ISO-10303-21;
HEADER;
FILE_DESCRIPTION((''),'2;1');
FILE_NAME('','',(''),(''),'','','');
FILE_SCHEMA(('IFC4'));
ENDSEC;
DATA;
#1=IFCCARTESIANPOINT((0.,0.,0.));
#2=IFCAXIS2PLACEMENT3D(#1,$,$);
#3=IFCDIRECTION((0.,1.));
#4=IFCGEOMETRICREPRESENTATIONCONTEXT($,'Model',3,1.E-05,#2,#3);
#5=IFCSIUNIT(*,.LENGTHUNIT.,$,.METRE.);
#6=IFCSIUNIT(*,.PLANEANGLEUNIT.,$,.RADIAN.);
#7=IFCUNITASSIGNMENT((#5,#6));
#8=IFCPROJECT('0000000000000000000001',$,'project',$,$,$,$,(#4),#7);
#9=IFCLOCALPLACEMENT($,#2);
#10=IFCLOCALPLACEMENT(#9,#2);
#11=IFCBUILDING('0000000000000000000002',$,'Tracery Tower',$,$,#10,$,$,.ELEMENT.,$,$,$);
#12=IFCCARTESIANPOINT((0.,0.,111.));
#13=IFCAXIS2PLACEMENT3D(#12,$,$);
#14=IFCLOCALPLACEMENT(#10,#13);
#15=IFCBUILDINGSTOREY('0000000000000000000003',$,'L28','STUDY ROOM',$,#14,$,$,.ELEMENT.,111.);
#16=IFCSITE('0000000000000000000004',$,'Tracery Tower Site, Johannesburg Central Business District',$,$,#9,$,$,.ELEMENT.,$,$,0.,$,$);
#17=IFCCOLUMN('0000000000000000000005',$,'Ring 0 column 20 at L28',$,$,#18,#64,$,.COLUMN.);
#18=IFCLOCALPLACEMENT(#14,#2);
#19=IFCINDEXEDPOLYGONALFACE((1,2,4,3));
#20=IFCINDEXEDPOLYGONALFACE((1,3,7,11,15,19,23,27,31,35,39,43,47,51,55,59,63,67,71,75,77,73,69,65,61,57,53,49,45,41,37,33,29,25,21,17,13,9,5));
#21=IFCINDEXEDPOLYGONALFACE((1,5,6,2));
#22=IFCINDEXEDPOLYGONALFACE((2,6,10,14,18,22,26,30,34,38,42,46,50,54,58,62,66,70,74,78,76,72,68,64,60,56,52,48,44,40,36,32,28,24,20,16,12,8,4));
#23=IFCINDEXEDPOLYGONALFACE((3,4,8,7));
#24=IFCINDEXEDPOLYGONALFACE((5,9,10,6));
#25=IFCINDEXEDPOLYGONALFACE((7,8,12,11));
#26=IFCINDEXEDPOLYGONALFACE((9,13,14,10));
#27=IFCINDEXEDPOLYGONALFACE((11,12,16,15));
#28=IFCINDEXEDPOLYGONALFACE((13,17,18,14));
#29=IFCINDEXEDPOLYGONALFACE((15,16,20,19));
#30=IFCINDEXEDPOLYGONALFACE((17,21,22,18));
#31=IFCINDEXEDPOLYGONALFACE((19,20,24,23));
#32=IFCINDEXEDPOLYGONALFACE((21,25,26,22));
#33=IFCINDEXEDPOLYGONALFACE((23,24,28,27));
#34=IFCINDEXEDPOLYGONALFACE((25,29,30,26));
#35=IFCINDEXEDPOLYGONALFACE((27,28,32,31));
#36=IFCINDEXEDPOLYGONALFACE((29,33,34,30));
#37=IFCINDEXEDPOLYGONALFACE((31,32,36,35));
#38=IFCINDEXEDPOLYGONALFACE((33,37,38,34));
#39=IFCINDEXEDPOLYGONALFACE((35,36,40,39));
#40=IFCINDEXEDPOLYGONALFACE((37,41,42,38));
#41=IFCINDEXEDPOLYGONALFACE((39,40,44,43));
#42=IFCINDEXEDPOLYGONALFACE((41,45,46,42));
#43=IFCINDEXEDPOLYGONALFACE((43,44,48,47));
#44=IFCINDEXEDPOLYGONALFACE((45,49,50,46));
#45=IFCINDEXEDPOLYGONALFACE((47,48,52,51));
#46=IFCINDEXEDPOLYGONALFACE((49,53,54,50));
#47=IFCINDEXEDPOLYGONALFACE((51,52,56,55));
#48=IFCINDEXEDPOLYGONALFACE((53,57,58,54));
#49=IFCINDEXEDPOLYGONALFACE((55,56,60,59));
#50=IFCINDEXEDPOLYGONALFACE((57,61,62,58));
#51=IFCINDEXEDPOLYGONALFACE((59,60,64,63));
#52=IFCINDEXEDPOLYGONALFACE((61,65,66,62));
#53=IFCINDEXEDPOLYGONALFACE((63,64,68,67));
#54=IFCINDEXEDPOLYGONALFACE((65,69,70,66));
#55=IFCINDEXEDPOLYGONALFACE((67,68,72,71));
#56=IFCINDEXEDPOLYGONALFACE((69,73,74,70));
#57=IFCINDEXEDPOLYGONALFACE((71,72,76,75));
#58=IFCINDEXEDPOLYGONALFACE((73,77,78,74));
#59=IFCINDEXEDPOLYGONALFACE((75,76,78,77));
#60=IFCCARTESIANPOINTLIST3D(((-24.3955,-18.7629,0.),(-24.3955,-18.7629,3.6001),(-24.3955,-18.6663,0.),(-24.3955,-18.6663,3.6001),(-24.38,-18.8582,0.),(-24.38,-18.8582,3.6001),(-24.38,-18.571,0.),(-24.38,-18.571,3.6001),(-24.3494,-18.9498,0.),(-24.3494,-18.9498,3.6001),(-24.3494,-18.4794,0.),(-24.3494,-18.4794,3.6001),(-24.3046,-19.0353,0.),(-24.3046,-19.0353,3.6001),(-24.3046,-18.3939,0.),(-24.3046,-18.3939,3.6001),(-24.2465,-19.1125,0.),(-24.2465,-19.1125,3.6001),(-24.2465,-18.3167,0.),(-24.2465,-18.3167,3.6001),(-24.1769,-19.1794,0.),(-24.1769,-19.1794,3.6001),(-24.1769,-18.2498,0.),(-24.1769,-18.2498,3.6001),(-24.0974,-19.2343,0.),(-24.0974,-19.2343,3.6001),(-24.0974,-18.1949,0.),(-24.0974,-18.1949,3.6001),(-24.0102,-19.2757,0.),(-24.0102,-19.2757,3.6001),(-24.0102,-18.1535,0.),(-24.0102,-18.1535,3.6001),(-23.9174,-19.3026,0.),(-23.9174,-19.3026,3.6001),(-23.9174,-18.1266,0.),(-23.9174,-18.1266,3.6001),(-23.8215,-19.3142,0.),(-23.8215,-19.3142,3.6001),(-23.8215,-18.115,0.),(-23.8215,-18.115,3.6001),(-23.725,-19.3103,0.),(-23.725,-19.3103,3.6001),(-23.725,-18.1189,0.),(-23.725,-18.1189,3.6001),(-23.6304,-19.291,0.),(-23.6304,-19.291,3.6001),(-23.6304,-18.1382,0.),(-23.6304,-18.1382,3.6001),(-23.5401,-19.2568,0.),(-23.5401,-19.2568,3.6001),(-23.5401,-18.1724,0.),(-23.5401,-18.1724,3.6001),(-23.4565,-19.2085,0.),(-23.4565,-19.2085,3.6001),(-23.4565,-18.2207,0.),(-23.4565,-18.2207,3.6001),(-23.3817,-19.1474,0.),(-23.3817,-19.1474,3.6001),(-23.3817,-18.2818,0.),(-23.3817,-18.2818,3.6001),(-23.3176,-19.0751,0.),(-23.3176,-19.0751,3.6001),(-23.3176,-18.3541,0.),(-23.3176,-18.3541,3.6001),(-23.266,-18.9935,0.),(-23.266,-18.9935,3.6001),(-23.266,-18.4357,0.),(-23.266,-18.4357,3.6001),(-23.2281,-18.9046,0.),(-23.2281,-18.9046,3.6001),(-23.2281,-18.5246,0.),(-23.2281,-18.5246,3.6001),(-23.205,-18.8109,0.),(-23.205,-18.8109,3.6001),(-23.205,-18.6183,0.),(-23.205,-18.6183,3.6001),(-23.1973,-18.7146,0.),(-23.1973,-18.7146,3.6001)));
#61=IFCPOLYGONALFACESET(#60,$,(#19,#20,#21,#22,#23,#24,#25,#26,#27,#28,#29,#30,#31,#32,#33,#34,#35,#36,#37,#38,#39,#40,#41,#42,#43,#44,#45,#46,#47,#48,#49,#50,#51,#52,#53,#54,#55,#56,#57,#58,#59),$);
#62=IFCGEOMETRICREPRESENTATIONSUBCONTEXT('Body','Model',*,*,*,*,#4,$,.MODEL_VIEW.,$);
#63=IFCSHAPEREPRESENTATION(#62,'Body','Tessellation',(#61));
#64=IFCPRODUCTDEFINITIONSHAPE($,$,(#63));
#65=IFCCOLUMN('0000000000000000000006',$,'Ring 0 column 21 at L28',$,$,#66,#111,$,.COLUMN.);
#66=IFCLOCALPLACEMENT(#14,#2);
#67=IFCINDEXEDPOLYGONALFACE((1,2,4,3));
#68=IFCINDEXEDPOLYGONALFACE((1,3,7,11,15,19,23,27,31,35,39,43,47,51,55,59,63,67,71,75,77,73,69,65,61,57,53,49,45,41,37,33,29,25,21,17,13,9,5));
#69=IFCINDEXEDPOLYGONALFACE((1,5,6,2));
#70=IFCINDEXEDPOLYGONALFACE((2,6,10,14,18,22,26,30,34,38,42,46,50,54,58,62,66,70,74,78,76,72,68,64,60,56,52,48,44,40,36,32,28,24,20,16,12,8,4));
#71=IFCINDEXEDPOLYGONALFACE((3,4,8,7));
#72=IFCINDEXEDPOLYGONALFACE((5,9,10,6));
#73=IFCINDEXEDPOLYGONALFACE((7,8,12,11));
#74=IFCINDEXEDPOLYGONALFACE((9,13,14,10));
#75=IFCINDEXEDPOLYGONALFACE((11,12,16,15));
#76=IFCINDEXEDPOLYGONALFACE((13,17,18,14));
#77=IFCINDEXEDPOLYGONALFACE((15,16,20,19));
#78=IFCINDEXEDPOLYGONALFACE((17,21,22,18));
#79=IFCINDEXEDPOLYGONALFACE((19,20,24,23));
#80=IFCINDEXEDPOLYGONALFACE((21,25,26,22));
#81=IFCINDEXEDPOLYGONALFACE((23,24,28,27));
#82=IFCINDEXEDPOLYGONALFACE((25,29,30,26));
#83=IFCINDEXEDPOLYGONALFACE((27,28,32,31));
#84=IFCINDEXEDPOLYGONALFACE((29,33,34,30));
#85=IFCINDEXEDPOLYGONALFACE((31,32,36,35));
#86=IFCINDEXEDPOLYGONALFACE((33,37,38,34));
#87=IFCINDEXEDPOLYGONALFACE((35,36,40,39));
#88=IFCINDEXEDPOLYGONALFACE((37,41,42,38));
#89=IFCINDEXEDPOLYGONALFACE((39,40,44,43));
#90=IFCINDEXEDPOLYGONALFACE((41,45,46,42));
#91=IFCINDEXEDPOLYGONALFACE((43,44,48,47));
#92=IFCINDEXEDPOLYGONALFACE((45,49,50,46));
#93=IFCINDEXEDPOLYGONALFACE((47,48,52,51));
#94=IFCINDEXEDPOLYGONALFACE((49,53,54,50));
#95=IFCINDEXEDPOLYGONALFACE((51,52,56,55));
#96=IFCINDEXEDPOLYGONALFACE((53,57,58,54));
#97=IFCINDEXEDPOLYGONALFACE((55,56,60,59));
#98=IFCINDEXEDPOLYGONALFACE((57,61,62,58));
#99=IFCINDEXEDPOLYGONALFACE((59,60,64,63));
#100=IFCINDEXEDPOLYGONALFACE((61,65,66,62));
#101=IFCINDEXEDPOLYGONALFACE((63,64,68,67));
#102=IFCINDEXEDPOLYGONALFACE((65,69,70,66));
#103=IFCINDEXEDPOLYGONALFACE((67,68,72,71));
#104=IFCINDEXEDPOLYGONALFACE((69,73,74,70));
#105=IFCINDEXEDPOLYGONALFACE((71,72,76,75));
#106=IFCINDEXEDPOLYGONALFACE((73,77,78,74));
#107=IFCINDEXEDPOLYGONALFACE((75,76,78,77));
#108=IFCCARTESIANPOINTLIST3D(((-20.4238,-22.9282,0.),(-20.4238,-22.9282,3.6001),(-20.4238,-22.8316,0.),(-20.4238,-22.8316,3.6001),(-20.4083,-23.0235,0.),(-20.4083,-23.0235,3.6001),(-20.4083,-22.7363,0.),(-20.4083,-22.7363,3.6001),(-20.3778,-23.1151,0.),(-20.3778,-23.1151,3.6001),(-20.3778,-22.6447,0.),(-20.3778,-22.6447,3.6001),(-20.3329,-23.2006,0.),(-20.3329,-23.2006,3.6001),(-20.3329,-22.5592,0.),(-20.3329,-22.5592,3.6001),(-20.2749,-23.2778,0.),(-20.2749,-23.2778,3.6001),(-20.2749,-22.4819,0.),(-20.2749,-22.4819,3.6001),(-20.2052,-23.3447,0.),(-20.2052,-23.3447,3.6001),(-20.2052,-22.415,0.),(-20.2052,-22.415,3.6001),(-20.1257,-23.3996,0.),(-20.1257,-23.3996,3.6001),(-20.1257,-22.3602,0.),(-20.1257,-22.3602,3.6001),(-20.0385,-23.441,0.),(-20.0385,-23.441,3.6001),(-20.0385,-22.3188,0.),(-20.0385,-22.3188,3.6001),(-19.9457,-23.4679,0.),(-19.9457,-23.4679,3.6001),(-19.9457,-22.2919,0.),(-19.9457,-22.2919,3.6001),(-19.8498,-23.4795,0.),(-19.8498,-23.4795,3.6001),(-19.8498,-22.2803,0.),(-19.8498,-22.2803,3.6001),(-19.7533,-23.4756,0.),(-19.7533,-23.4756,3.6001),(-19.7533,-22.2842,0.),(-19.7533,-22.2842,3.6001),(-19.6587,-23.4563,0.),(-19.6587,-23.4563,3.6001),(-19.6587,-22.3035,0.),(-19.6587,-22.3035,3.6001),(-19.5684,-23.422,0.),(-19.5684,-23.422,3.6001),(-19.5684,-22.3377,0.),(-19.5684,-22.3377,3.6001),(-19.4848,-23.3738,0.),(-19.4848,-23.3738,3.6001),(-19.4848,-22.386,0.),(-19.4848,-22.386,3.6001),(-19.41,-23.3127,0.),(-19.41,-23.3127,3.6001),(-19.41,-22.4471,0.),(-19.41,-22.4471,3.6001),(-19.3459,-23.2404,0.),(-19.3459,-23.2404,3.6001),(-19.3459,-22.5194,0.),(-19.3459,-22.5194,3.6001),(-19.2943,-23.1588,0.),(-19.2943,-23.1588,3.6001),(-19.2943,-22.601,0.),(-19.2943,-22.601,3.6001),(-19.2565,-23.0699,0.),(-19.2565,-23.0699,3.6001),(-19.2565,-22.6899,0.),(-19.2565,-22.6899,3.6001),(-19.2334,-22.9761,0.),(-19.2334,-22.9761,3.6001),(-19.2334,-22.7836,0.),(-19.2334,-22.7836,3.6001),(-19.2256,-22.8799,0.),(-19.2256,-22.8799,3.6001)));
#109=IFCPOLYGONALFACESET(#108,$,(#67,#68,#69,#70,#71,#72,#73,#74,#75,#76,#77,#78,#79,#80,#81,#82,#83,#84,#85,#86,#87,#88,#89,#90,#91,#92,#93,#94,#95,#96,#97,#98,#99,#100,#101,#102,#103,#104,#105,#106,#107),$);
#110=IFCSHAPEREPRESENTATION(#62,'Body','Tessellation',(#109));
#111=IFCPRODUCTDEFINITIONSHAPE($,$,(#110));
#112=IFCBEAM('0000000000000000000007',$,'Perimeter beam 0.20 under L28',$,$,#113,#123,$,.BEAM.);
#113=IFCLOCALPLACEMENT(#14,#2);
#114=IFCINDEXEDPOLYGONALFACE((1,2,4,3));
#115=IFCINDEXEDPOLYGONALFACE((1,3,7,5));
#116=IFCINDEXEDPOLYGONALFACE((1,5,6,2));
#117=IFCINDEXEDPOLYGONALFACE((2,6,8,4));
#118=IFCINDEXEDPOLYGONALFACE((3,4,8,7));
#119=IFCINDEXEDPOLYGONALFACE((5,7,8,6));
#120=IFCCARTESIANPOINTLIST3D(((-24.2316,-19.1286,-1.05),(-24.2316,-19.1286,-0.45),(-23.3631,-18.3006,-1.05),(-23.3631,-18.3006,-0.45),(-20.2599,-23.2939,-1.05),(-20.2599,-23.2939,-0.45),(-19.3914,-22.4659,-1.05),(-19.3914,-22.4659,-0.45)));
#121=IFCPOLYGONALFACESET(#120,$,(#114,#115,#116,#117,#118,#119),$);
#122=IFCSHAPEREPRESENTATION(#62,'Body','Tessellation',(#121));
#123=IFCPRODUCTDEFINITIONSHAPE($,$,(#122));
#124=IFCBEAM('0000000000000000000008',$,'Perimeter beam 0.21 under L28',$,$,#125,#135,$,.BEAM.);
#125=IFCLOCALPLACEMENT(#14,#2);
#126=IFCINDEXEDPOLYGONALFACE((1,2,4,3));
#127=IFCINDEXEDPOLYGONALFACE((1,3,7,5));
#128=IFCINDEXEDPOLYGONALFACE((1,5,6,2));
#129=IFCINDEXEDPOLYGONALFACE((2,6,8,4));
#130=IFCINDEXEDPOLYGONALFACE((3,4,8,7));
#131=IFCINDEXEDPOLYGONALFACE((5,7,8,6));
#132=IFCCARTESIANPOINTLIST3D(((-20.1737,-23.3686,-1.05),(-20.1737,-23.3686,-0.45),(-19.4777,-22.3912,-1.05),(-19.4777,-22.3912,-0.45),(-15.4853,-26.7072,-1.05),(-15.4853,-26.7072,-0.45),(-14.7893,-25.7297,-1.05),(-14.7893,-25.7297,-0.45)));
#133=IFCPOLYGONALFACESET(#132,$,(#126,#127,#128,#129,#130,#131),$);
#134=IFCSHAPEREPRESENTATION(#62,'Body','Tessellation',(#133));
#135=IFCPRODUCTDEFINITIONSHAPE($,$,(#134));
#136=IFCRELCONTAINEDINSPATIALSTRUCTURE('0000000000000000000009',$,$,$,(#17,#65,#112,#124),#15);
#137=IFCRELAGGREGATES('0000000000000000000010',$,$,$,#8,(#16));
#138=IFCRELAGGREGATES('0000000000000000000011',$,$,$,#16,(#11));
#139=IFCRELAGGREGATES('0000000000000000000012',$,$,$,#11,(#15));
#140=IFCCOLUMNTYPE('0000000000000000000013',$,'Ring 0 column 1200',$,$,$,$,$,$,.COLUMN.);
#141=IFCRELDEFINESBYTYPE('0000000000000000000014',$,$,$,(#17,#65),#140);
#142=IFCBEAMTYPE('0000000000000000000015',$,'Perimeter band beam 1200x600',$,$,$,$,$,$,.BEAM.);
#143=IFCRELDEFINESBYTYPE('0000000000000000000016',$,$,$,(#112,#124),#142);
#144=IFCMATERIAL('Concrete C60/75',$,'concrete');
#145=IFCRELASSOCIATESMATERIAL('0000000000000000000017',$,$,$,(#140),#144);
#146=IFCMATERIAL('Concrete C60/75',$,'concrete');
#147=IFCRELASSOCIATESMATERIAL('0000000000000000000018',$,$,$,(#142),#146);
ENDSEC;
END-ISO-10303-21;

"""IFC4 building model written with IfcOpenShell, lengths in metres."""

from ifc_helpers import new_model, si_unit, direction, frame, origin, origin_2d, place, context, subcontext, project, spatial, rectangle, circle, extrude, material, material_profile, profile_set, type_object, element, save


model = new_model("IFC4")

# Units and contexts
model_context = context("Model", 3, precision=1e-05, world=origin(), true_north=direction((0.0, 1.0)))
body_context = subcontext(model_context, "Body", "Model", "MODEL_VIEW")
ifc_project = project(units=[si_unit("LENGTHUNIT", "METRE"), si_unit("PLANEANGLEUNIT", "RADIAN")], contexts=[model_context])

# Site, building, storey
site_placement = place(None, origin())
site = spatial("IfcSite", under=ifc_project, at=site_placement, Name="Tracery Tower Site, Johannesburg Central Business District", CompositionType="ELEMENT", RefElevation=0.0)
building_placement = place(site_placement, origin())
building = spatial("IfcBuilding", under=site, at=building_placement, Name="Tracery Tower", CompositionType="ELEMENT")
storey_placement = place(building_placement, frame((0.0, 0.0, 111.0)))
storey = spatial("IfcBuildingStorey", under=building, at=storey_placement, Name="L28", Description="STUDY ROOM", CompositionType="ELEMENT", Elevation=111.0)

# Columns
ifc_material_1 = material(Name="Concrete C60/75", Category="concrete")
ifc_material_profile_1 = material_profile(ifc_material_1, circle(Radius=0.6001, at=origin_2d()), Name="RC D1200")
ifc_profile_set_1 = profile_set([ifc_material_profile_1], Name="Concrete C60/75")
column_type = type_object("IfcColumnType", Name="Ring 0 column 1200", PredefinedType="COLUMN", material=ifc_profile_set_1)
for number, where, z_axis, x_axis, name in (
    (1, (-23.7974, -18.7146, 0.0), (0.0, 0.0, 1.0), (1.0, 0.0, 0.0), "Ring 0 column 20 at L28"),
    (2, (-19.8257, -22.8799, 0.0), (0.0, 0.0, 1.0), (1.0, 0.0, 0.0), "Ring 0 column 21 at L28"),
):
    element("IfcColumn", number, at=place(storey_placement, frame(where, z_axis=z_axis, x_axis=x_axis)), inside=storey, type_object=column_type, Name=name, PredefinedType="COLUMN", context=body_context, shape_type="SweptSolid", body=[
        extrude(circle(Radius=0.6001, at=origin_2d()), origin(), (0.0, 0.0, 1.0), 3.6001),
    ])

# Beams
ifc_material_2 = material(Name="Concrete C60/75", Category="concrete")
ifc_material_profile_2 = material_profile(ifc_material_2, rectangle(XDim=1.2, YDim=0.6001, at=origin_2d()), Name="RC 1200x600")
ifc_profile_set_2 = profile_set([ifc_material_profile_2], Name="Concrete C60/75")
beam_type = type_object("IfcBeamType", Name="Perimeter band beam 1200x600", PredefinedType="BEAM", material=ifc_profile_set_2)
beam_1_placement = place(storey_placement, frame((-23.7974, -18.7146, -0.75), z_axis=(0.690087, -0.723726, 0.0), x_axis=(0.723726, 0.690087, 0.0)))
element("IfcBeam", 3, at=beam_1_placement, inside=storey, type_object=beam_type, Name="Perimeter beam 0.20 under L28", PredefinedType="BEAM", context=body_context, shape_type="SweptSolid", body=[
    extrude(rectangle(XDim=1.2, YDim=0.6001, at=origin_2d()), origin(), (0.0, 0.0, 1.0), 5.7554),
])
beam_2_placement = place(storey_placement, frame((-19.8257, -22.8799, -0.75), z_axis=(0.814578, -0.580054, 0.0), x_axis=(0.580054, 0.814578, 0.0)))
element("IfcBeam", 4, at=beam_2_placement, inside=storey, type_object=beam_type, Name="Perimeter beam 0.21 under L28", PredefinedType="BEAM", context=body_context, shape_type="SweptSolid", body=[
    extrude(rectangle(XDim=1.2, YDim=0.6001, at=origin_2d()), origin(), (0.0, 0.0, 1.0), 5.7556),
])

save(model, "model.ifc")
